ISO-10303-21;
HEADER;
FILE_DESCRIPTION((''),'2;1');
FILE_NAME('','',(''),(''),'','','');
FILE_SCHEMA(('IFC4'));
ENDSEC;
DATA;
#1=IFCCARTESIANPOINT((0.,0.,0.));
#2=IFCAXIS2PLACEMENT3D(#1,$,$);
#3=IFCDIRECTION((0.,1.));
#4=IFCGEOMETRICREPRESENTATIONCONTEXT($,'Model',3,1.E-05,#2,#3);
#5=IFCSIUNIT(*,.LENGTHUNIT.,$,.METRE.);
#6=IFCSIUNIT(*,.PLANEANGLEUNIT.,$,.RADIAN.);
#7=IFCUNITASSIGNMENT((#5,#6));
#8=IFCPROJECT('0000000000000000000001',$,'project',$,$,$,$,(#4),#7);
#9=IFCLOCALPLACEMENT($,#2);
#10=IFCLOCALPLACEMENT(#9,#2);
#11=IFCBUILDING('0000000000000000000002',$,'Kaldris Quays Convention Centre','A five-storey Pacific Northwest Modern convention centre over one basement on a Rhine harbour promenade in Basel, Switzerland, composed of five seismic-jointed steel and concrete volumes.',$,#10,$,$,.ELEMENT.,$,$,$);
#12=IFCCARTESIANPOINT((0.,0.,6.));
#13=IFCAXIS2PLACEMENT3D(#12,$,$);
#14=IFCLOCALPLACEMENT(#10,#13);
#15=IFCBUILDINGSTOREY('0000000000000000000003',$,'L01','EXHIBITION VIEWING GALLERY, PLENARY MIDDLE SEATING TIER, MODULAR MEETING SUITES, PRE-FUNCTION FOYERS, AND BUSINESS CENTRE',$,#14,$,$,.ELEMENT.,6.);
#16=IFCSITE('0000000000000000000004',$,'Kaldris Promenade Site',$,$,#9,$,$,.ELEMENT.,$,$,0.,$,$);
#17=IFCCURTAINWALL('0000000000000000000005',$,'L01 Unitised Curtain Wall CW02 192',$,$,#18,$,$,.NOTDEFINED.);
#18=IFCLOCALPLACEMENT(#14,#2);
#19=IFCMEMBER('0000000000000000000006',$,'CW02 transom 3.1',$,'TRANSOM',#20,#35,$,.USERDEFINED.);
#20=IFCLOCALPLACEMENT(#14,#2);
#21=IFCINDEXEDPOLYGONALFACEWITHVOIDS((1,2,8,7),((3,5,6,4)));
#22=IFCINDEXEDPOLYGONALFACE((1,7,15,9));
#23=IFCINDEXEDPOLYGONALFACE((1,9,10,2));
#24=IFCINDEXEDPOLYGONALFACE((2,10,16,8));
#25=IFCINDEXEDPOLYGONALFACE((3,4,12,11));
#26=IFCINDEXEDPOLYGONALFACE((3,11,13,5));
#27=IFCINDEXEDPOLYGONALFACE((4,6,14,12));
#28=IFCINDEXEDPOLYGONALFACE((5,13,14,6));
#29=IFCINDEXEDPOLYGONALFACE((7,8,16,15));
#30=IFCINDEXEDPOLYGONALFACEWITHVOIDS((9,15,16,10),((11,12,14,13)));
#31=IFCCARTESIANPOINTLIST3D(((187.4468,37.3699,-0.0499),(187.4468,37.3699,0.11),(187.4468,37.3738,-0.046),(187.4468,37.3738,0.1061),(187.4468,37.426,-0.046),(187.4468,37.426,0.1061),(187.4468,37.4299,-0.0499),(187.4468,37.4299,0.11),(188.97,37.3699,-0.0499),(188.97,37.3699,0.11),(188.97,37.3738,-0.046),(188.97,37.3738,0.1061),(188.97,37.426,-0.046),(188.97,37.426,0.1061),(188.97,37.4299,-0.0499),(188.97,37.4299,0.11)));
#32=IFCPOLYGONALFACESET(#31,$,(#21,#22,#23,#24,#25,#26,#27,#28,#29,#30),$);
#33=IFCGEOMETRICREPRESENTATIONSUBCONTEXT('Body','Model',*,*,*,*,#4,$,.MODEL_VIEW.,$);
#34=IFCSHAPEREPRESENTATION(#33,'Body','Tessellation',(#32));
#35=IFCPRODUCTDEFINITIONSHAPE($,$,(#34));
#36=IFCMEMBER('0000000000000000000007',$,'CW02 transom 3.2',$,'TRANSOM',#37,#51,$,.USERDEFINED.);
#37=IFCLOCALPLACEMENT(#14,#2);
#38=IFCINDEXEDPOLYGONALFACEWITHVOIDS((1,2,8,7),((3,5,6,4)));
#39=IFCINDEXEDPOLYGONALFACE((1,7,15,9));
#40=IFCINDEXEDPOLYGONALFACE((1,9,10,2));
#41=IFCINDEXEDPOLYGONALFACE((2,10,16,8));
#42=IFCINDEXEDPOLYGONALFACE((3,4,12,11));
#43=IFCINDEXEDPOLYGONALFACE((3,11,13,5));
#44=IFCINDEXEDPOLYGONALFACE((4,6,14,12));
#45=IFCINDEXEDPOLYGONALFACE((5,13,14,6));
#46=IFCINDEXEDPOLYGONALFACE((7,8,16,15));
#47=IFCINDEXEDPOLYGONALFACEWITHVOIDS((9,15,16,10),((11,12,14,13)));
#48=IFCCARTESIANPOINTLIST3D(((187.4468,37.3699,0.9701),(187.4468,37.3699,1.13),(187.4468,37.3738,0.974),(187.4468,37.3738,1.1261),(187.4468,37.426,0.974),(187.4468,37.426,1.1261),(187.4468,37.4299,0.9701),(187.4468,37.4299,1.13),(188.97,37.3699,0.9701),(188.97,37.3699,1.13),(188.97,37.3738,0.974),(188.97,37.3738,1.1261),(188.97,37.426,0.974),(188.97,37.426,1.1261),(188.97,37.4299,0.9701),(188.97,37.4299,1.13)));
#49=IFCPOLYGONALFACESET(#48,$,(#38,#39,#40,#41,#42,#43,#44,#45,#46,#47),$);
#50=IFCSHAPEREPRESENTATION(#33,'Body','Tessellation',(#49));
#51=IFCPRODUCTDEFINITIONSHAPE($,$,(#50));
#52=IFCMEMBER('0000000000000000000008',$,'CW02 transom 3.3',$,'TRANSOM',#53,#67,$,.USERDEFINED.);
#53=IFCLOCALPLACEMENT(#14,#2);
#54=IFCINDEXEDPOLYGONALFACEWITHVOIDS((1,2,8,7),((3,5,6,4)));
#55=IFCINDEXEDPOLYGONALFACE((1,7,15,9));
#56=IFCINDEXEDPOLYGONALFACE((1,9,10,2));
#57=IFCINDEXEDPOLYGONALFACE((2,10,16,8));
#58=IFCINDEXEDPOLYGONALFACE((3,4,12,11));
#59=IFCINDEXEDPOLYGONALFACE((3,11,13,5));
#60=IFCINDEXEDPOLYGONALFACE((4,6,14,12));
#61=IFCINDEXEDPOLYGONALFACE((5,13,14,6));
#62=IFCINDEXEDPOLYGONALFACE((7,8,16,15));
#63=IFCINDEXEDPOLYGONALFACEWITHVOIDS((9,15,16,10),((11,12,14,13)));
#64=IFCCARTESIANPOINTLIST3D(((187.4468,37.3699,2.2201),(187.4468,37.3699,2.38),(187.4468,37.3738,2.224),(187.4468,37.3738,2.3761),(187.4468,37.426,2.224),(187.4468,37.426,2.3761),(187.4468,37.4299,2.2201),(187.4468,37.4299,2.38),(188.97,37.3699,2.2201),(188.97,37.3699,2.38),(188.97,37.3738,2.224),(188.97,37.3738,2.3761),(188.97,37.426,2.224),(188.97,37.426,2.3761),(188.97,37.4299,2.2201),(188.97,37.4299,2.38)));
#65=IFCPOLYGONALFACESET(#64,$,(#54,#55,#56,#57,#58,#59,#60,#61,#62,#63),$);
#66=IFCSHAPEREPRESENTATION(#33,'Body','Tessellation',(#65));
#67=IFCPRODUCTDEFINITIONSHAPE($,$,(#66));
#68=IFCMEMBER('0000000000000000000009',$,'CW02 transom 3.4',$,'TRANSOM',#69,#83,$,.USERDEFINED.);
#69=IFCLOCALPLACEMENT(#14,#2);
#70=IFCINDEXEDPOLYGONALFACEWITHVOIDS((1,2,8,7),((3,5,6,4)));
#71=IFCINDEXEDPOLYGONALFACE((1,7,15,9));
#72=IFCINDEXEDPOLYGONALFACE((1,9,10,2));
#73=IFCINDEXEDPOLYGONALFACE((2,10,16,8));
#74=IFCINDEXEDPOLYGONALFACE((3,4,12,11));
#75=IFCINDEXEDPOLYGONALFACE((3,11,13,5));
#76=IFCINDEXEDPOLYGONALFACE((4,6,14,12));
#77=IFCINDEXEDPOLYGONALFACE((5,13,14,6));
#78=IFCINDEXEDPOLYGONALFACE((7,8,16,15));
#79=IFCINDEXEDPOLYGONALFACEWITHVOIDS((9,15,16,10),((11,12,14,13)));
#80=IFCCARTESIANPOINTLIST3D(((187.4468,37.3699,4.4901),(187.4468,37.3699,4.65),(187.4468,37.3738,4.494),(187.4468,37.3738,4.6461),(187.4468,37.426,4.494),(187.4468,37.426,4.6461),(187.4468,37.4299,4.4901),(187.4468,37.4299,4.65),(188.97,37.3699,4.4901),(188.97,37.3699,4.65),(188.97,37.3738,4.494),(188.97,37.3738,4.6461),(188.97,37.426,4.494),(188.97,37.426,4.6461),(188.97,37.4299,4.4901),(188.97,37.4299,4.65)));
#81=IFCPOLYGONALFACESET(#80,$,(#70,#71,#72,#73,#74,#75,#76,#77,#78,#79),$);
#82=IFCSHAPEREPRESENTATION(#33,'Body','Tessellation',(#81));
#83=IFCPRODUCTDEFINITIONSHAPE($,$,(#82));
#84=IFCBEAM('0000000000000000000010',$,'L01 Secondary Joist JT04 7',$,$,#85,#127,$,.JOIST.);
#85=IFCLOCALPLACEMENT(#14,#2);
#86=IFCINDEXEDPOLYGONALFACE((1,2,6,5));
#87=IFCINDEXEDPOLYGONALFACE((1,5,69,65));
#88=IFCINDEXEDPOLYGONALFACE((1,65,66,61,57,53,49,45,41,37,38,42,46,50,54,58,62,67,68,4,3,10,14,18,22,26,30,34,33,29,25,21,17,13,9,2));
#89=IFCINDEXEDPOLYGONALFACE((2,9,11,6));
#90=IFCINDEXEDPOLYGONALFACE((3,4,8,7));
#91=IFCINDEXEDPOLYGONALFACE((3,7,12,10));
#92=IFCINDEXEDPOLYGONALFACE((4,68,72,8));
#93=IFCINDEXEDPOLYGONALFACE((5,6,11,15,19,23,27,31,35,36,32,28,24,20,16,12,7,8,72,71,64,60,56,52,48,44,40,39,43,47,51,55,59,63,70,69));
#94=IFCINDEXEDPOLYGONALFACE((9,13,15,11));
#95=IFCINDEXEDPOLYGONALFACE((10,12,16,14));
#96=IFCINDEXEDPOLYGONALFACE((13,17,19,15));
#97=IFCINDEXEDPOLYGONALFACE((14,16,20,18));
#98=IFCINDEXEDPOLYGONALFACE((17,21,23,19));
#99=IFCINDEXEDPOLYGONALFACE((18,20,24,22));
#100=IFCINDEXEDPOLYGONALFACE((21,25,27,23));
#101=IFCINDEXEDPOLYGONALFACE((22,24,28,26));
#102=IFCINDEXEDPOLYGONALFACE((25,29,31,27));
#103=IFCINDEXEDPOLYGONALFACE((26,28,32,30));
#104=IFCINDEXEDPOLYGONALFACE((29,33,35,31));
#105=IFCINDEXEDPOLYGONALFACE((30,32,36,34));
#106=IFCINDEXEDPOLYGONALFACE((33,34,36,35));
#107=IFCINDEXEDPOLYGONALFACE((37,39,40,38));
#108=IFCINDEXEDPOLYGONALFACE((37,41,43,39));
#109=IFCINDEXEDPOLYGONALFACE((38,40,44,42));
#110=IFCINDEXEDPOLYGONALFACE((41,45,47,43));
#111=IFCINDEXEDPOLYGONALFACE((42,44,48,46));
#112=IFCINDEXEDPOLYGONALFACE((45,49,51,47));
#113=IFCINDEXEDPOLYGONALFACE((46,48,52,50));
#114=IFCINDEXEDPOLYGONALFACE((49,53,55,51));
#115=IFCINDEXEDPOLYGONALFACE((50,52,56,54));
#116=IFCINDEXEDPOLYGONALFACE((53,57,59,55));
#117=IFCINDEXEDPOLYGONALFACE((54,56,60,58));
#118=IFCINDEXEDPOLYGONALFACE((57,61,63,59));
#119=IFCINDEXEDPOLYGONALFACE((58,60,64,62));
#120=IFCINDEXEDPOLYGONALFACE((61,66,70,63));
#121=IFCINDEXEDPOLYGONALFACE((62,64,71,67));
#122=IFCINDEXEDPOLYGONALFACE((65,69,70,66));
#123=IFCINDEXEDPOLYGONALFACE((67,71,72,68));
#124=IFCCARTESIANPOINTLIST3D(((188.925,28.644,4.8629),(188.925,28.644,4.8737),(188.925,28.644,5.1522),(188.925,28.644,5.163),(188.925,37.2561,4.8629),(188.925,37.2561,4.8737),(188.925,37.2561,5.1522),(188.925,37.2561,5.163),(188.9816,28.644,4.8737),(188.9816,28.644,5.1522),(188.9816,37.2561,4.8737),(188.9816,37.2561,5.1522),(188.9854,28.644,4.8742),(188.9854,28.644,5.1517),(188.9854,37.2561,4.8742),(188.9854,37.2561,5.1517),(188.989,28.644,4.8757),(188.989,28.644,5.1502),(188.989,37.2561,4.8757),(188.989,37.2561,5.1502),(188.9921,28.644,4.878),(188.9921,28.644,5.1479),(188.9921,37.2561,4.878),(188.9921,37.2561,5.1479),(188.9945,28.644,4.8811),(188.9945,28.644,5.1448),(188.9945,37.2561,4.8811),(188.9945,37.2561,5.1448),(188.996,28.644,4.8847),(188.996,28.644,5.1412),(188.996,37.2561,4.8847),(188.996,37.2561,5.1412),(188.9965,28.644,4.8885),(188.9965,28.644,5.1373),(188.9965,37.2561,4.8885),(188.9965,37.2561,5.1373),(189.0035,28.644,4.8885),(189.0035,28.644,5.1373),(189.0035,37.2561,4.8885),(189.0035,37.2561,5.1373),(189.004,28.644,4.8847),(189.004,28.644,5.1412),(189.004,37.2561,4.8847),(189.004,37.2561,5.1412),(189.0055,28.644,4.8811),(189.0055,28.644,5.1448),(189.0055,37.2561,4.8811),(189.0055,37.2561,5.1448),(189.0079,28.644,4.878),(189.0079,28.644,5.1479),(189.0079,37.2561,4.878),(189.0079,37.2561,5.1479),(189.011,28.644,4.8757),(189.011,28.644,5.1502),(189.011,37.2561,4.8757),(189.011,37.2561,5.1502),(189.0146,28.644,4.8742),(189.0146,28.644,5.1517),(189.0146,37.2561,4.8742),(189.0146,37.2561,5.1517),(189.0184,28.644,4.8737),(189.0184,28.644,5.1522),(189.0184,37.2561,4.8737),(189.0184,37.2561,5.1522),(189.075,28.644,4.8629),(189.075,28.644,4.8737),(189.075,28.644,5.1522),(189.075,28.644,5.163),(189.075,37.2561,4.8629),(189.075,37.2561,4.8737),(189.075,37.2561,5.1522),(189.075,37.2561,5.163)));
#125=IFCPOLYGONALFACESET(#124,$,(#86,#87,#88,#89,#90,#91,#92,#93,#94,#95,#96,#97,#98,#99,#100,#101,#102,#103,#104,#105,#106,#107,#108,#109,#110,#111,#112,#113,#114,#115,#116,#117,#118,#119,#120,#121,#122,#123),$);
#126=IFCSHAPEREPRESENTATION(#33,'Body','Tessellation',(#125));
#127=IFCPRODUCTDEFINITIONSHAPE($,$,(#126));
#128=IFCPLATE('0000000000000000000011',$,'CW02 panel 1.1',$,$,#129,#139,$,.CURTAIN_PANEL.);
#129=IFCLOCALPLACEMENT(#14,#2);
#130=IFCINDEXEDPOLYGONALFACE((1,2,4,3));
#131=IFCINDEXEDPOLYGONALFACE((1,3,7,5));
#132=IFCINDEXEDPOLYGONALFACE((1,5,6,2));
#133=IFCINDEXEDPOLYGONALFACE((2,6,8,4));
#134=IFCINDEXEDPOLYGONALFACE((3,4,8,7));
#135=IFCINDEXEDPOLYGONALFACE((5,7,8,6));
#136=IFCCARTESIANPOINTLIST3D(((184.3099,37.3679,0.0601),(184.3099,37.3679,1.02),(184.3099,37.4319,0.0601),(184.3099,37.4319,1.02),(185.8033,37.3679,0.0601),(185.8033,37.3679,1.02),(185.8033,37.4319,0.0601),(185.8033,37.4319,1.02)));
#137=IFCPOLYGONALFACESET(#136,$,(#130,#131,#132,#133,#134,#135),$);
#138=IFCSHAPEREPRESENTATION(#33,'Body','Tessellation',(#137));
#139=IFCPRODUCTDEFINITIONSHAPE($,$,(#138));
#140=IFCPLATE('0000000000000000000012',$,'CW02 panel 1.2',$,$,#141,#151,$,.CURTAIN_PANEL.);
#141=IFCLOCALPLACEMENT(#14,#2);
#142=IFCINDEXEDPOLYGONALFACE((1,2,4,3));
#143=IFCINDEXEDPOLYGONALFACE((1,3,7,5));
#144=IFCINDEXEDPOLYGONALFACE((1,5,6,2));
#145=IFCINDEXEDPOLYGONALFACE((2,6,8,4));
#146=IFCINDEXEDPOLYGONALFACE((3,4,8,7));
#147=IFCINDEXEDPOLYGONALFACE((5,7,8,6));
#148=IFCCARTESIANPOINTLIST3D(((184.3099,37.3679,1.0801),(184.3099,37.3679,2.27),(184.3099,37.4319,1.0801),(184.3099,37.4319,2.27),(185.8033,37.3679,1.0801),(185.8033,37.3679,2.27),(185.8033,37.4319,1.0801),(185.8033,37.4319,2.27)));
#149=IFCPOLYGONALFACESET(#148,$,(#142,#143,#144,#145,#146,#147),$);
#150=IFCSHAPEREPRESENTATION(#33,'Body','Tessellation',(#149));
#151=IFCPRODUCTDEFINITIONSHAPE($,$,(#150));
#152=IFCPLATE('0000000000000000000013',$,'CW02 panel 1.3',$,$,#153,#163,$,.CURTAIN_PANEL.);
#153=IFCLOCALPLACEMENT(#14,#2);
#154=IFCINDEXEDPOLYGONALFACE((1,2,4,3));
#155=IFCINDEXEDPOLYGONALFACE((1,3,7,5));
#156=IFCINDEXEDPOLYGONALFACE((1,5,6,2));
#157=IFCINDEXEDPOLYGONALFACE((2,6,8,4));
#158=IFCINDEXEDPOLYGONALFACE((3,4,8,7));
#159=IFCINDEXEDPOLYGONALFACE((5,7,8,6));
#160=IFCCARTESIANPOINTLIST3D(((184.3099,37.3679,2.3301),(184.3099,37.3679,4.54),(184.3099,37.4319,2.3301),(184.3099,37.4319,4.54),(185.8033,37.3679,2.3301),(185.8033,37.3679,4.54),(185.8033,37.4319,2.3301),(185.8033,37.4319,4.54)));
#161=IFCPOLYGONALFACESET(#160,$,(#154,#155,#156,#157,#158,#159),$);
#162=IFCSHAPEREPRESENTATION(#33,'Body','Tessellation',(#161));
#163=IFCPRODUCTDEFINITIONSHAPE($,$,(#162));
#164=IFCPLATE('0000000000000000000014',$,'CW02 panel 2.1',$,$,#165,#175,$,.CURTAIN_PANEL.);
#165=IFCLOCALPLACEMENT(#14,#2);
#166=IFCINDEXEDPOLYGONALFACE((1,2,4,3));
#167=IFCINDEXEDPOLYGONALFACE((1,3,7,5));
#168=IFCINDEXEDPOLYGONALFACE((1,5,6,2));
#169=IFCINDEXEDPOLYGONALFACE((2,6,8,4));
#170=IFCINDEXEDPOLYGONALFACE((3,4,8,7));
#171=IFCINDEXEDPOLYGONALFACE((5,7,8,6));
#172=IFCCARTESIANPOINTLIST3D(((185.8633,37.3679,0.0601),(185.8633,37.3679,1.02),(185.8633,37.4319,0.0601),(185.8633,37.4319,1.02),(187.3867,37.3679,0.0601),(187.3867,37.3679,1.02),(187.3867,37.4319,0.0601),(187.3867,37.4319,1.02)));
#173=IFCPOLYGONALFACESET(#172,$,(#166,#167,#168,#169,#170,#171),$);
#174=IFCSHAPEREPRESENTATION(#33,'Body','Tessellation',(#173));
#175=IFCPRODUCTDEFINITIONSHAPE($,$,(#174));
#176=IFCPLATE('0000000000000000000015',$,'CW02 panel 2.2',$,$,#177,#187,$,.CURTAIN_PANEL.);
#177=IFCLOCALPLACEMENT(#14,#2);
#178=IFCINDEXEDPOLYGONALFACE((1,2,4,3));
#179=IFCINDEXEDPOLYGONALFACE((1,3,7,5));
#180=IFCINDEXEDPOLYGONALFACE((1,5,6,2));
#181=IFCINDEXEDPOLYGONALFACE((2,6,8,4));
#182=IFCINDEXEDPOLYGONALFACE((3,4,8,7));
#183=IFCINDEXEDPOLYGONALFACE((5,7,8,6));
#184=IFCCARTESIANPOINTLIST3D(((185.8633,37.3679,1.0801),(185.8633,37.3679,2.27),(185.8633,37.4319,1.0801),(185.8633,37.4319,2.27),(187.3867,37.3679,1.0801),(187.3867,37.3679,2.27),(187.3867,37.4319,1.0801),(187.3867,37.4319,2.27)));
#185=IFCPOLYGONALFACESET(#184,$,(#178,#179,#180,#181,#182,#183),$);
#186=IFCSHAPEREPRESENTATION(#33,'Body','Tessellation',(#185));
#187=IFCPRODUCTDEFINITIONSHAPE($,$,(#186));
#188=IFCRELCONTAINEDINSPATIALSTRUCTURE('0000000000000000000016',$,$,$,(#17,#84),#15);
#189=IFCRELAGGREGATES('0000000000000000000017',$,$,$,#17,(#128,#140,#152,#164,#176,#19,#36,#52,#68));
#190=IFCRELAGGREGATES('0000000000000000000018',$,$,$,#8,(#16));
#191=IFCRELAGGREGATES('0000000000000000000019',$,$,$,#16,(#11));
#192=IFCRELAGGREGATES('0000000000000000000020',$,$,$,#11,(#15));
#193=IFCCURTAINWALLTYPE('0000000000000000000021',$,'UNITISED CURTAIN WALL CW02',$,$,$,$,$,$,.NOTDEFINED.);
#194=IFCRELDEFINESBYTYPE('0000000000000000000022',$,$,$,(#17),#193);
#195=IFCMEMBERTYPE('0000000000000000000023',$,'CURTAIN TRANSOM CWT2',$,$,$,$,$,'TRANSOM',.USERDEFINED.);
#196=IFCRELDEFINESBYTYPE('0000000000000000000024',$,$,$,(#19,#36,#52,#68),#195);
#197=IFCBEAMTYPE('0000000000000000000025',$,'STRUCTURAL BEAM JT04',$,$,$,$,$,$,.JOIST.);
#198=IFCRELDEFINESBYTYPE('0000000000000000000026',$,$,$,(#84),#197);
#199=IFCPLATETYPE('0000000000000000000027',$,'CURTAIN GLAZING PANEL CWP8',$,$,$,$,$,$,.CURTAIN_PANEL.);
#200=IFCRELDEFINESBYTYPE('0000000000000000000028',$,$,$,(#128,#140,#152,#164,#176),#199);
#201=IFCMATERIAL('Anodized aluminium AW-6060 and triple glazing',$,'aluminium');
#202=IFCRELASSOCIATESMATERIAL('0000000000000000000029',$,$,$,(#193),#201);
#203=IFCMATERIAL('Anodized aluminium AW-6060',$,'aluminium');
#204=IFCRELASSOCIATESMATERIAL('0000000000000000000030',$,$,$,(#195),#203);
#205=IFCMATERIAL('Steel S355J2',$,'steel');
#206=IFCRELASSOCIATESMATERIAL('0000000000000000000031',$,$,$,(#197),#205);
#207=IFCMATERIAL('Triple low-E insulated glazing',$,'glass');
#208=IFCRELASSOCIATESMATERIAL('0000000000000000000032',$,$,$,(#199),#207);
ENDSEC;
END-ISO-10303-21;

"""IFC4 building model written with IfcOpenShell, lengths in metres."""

from ifc_helpers import new_model, si_unit, direction, frame, origin, origin_2d, place, context, subcontext, project, spatial, rectangle, hollow_rectangle, i_section, extrude, material, material_profile, profile_set, type_object, element, aggregate, save


model = new_model("IFC4")

# Units and contexts
model_context = context("Model", 3, precision=1e-05, world=origin(), true_north=direction((0.0, 1.0)))
body_context = subcontext(model_context, "Body", "Model", "MODEL_VIEW")
ifc_project = project(units=[si_unit("LENGTHUNIT", "METRE"), si_unit("PLANEANGLEUNIT", "RADIAN")], contexts=[model_context])

# Site, building, storey
site_placement = place(None, origin())
site = spatial("IfcSite", under=ifc_project, at=site_placement, Name="Kaldris Promenade Site", CompositionType="ELEMENT", RefElevation=0.0)
building_placement = place(site_placement, origin())
building = spatial("IfcBuilding", under=site, at=building_placement, Name="Kaldris Quays Convention Centre", Description="A five-storey Pacific Northwest Modern convention centre over one basement on a Rhine harbour promenade in Basel, Switzerland, composed of five seismic-jointed steel and concrete volumes.", CompositionType="ELEMENT")
storey_placement = place(building_placement, frame((0.0, 0.0, 6.0)))
storey = spatial("IfcBuildingStorey", under=building, at=storey_placement, Name="L01", Description="EXHIBITION VIEWING GALLERY, PLENARY MIDDLE SEATING TIER, MODULAR MEETING SUITES, PRE-FUNCTION FOYERS, AND BUSINESS CENTRE", CompositionType="ELEMENT", Elevation=6.0)

# Curtain wall, members
ifc_material_1 = material(Name="Anodized aluminium AW-6060 and triple glazing", Category="aluminium")
curtain_wall_type = type_object("IfcCurtainWallType", Name="UNITISED CURTAIN WALL CW02", PredefinedType="NOTDEFINED", material=ifc_material_1)
curtain_wall_placement = place(storey_placement, origin())
curtain_wall = element("IfcCurtainWall", 1, at=curtain_wall_placement, inside=storey, type_object=curtain_wall_type, Name="L01 Unitised Curtain Wall CW02 192", PredefinedType="NOTDEFINED")
ifc_material_2 = material(Name="Anodized aluminium AW-6060", Category="aluminium")
ifc_material_profile_1 = material_profile(ifc_material_2, hollow_rectangle(XDim=0.0601, YDim=0.1599, WallThickness=0.0039, at=origin_2d()), Name="RHS 160x60x4")
ifc_profile_set_1 = profile_set([ifc_material_profile_1], Name="Anodized aluminium AW-6060")
member_type_1 = type_object("IfcMemberType", Name="CURTAIN TRANSOM CWT2", ElementType="TRANSOM", PredefinedType="USERDEFINED", material=ifc_profile_set_1)
member_1_placement = place(storey_placement, frame((187.4468, 37.3999, 0.03), z_axis=(1.0, 0.0, 0.0), x_axis=(0.0, 1.0, 0.0)))
member_1 = element("IfcMember", 2, at=member_1_placement, type_object=member_type_1, Name="CW02 transom 3.1", ObjectType="TRANSOM", PredefinedType="USERDEFINED", context=body_context, shape_type="SweptSolid", body=[
    extrude(hollow_rectangle(XDim=0.0601, YDim=0.1599, WallThickness=0.0039, at=origin_2d()), origin(), (0.0, 0.0, 1.0), 1.5232),
])
member_2_placement = place(storey_placement, frame((187.4468, 37.3999, 1.05), z_axis=(1.0, 0.0, 0.0), x_axis=(0.0, 1.0, 0.0)))
member_2 = element("IfcMember", 3, at=member_2_placement, type_object=member_type_1, Name="CW02 transom 3.2", ObjectType="TRANSOM", PredefinedType="USERDEFINED", context=body_context, shape_type="SweptSolid", body=[
    extrude(hollow_rectangle(XDim=0.0601, YDim=0.1599, WallThickness=0.0039, at=origin_2d()), origin(), (0.0, 0.0, 1.0), 1.5232),
])
member_3_placement = place(storey_placement, frame((187.4468, 37.3999, 2.3), z_axis=(1.0, 0.0, 0.0), x_axis=(0.0, 1.0, 0.0)))
member_3 = element("IfcMember", 4, at=member_3_placement, type_object=member_type_1, Name="CW02 transom 3.3", ObjectType="TRANSOM", PredefinedType="USERDEFINED", context=body_context, shape_type="SweptSolid", body=[
    extrude(hollow_rectangle(XDim=0.0601, YDim=0.1599, WallThickness=0.0039, at=origin_2d()), origin(), (0.0, 0.0, 1.0), 1.5232),
])
member_4_placement = place(storey_placement, frame((187.4468, 37.3999, 4.5701), z_axis=(1.0, 0.0, 0.0), x_axis=(0.0, 1.0, 0.0)))
member_4 = element("IfcMember", 5, at=member_4_placement, type_object=member_type_1, Name="CW02 transom 3.4", ObjectType="TRANSOM", PredefinedType="USERDEFINED", context=body_context, shape_type="SweptSolid", body=[
    extrude(hollow_rectangle(XDim=0.0601, YDim=0.1599, WallThickness=0.0039, at=origin_2d()), origin(), (0.0, 0.0, 1.0), 1.5232),
])

# Beam
ifc_material_3 = material(Name="Steel S355J2", Category="steel")
ifc_material_profile_2 = material_profile(ifc_material_3, i_section(OverallWidth=0.1499, OverallDepth=0.3, WebThickness=0.0071, FlangeThickness=0.0107, FilletRadius=0.0149, at=origin_2d()), Name="IPE 300")
ifc_profile_set_2 = profile_set([ifc_material_profile_2], Name="Steel S355J2")
beam_type = type_object("IfcBeamType", Name="STRUCTURAL BEAM JT04", PredefinedType="JOIST", material=ifc_profile_set_2)
beam_placement = place(storey_placement, frame((189.0, 28.644, 5.0129), z_axis=(0.0, 1.0, 0.0), x_axis=(-1.0, 0.0, 0.0)))
element("IfcBeam", 6, at=beam_placement, inside=storey, type_object=beam_type, Name="L01 Secondary Joist JT04 7", PredefinedType="JOIST", context=body_context, shape_type="SweptSolid", body=[
    extrude(i_section(OverallWidth=0.1499, OverallDepth=0.3, WebThickness=0.0071, FlangeThickness=0.0107, FilletRadius=0.0149, at=origin_2d()), origin(), (0.0, 0.0, 1.0), 8.6121),
])

# Plates
ifc_material_4 = material(Name="Triple low-E insulated glazing", Category="glass")
plate_type = type_object("IfcPlateType", Name="CURTAIN GLAZING PANEL CWP8", PredefinedType="CURTAIN_PANEL", material=ifc_material_4)
plate_1_placement = place(storey_placement, frame((185.0566, 37.3999, 0.0601), z_axis=(0.0, 0.0, 1.0), x_axis=(1.0, 0.0, 0.0)))
plate_1 = element("IfcPlate", 7, at=plate_1_placement, type_object=plate_type, Name="CW02 panel 1.1", PredefinedType="CURTAIN_PANEL", context=body_context, shape_type="SweptSolid", body=[
    extrude(rectangle(XDim=1.4934, YDim=0.064, at=origin_2d()), origin(), (0.0, 0.0, 1.0), 0.96),
])
plate_2_placement = place(storey_placement, frame((185.0566, 37.3999, 1.0801), z_axis=(0.0, 0.0, 1.0), x_axis=(1.0, 0.0, 0.0)))
plate_2 = element("IfcPlate", 8, at=plate_2_placement, type_object=plate_type, Name="CW02 panel 1.2", PredefinedType="CURTAIN_PANEL", context=body_context, shape_type="SweptSolid", body=[
    extrude(rectangle(XDim=1.4934, YDim=0.064, at=origin_2d()), origin(), (0.0, 0.0, 1.0), 1.1899),
])
plate_3_placement = place(storey_placement, frame((185.0566, 37.3999, 2.3301), z_axis=(0.0, 0.0, 1.0), x_axis=(1.0, 0.0, 0.0)))
plate_3 = element("IfcPlate", 9, at=plate_3_placement, type_object=plate_type, Name="CW02 panel 1.3", PredefinedType="CURTAIN_PANEL", context=body_context, shape_type="SweptSolid", body=[
    extrude(rectangle(XDim=1.4934, YDim=0.064, at=origin_2d()), origin(), (0.0, 0.0, 1.0), 2.21),
])
plate_4_placement = place(storey_placement, frame((186.625, 37.3999, 0.0601), z_axis=(0.0, 0.0, 1.0), x_axis=(1.0, 0.0, 0.0)))
plate_4 = element("IfcPlate", 10, at=plate_4_placement, type_object=plate_type, Name="CW02 panel 2.1", PredefinedType="CURTAIN_PANEL", context=body_context, shape_type="SweptSolid", body=[
    extrude(rectangle(XDim=1.5234, YDim=0.064, at=origin_2d()), origin(), (0.0, 0.0, 1.0), 0.96),
])
plate_5_placement = place(storey_placement, frame((186.625, 37.3999, 1.0801), z_axis=(0.0, 0.0, 1.0), x_axis=(1.0, 0.0, 0.0)))
plate_5 = element("IfcPlate", 11, at=plate_5_placement, type_object=plate_type, Name="CW02 panel 2.2", PredefinedType="CURTAIN_PANEL", context=body_context, shape_type="SweptSolid", body=[
    extrude(rectangle(XDim=1.5234, YDim=0.064, at=origin_2d()), origin(), (0.0, 0.0, 1.0), 1.1899),
])
aggregate(curtain_wall, [plate_1, plate_2, plate_3, plate_4, plate_5, member_1, member_2, member_3, member_4])

save(model, "model.ifc")
